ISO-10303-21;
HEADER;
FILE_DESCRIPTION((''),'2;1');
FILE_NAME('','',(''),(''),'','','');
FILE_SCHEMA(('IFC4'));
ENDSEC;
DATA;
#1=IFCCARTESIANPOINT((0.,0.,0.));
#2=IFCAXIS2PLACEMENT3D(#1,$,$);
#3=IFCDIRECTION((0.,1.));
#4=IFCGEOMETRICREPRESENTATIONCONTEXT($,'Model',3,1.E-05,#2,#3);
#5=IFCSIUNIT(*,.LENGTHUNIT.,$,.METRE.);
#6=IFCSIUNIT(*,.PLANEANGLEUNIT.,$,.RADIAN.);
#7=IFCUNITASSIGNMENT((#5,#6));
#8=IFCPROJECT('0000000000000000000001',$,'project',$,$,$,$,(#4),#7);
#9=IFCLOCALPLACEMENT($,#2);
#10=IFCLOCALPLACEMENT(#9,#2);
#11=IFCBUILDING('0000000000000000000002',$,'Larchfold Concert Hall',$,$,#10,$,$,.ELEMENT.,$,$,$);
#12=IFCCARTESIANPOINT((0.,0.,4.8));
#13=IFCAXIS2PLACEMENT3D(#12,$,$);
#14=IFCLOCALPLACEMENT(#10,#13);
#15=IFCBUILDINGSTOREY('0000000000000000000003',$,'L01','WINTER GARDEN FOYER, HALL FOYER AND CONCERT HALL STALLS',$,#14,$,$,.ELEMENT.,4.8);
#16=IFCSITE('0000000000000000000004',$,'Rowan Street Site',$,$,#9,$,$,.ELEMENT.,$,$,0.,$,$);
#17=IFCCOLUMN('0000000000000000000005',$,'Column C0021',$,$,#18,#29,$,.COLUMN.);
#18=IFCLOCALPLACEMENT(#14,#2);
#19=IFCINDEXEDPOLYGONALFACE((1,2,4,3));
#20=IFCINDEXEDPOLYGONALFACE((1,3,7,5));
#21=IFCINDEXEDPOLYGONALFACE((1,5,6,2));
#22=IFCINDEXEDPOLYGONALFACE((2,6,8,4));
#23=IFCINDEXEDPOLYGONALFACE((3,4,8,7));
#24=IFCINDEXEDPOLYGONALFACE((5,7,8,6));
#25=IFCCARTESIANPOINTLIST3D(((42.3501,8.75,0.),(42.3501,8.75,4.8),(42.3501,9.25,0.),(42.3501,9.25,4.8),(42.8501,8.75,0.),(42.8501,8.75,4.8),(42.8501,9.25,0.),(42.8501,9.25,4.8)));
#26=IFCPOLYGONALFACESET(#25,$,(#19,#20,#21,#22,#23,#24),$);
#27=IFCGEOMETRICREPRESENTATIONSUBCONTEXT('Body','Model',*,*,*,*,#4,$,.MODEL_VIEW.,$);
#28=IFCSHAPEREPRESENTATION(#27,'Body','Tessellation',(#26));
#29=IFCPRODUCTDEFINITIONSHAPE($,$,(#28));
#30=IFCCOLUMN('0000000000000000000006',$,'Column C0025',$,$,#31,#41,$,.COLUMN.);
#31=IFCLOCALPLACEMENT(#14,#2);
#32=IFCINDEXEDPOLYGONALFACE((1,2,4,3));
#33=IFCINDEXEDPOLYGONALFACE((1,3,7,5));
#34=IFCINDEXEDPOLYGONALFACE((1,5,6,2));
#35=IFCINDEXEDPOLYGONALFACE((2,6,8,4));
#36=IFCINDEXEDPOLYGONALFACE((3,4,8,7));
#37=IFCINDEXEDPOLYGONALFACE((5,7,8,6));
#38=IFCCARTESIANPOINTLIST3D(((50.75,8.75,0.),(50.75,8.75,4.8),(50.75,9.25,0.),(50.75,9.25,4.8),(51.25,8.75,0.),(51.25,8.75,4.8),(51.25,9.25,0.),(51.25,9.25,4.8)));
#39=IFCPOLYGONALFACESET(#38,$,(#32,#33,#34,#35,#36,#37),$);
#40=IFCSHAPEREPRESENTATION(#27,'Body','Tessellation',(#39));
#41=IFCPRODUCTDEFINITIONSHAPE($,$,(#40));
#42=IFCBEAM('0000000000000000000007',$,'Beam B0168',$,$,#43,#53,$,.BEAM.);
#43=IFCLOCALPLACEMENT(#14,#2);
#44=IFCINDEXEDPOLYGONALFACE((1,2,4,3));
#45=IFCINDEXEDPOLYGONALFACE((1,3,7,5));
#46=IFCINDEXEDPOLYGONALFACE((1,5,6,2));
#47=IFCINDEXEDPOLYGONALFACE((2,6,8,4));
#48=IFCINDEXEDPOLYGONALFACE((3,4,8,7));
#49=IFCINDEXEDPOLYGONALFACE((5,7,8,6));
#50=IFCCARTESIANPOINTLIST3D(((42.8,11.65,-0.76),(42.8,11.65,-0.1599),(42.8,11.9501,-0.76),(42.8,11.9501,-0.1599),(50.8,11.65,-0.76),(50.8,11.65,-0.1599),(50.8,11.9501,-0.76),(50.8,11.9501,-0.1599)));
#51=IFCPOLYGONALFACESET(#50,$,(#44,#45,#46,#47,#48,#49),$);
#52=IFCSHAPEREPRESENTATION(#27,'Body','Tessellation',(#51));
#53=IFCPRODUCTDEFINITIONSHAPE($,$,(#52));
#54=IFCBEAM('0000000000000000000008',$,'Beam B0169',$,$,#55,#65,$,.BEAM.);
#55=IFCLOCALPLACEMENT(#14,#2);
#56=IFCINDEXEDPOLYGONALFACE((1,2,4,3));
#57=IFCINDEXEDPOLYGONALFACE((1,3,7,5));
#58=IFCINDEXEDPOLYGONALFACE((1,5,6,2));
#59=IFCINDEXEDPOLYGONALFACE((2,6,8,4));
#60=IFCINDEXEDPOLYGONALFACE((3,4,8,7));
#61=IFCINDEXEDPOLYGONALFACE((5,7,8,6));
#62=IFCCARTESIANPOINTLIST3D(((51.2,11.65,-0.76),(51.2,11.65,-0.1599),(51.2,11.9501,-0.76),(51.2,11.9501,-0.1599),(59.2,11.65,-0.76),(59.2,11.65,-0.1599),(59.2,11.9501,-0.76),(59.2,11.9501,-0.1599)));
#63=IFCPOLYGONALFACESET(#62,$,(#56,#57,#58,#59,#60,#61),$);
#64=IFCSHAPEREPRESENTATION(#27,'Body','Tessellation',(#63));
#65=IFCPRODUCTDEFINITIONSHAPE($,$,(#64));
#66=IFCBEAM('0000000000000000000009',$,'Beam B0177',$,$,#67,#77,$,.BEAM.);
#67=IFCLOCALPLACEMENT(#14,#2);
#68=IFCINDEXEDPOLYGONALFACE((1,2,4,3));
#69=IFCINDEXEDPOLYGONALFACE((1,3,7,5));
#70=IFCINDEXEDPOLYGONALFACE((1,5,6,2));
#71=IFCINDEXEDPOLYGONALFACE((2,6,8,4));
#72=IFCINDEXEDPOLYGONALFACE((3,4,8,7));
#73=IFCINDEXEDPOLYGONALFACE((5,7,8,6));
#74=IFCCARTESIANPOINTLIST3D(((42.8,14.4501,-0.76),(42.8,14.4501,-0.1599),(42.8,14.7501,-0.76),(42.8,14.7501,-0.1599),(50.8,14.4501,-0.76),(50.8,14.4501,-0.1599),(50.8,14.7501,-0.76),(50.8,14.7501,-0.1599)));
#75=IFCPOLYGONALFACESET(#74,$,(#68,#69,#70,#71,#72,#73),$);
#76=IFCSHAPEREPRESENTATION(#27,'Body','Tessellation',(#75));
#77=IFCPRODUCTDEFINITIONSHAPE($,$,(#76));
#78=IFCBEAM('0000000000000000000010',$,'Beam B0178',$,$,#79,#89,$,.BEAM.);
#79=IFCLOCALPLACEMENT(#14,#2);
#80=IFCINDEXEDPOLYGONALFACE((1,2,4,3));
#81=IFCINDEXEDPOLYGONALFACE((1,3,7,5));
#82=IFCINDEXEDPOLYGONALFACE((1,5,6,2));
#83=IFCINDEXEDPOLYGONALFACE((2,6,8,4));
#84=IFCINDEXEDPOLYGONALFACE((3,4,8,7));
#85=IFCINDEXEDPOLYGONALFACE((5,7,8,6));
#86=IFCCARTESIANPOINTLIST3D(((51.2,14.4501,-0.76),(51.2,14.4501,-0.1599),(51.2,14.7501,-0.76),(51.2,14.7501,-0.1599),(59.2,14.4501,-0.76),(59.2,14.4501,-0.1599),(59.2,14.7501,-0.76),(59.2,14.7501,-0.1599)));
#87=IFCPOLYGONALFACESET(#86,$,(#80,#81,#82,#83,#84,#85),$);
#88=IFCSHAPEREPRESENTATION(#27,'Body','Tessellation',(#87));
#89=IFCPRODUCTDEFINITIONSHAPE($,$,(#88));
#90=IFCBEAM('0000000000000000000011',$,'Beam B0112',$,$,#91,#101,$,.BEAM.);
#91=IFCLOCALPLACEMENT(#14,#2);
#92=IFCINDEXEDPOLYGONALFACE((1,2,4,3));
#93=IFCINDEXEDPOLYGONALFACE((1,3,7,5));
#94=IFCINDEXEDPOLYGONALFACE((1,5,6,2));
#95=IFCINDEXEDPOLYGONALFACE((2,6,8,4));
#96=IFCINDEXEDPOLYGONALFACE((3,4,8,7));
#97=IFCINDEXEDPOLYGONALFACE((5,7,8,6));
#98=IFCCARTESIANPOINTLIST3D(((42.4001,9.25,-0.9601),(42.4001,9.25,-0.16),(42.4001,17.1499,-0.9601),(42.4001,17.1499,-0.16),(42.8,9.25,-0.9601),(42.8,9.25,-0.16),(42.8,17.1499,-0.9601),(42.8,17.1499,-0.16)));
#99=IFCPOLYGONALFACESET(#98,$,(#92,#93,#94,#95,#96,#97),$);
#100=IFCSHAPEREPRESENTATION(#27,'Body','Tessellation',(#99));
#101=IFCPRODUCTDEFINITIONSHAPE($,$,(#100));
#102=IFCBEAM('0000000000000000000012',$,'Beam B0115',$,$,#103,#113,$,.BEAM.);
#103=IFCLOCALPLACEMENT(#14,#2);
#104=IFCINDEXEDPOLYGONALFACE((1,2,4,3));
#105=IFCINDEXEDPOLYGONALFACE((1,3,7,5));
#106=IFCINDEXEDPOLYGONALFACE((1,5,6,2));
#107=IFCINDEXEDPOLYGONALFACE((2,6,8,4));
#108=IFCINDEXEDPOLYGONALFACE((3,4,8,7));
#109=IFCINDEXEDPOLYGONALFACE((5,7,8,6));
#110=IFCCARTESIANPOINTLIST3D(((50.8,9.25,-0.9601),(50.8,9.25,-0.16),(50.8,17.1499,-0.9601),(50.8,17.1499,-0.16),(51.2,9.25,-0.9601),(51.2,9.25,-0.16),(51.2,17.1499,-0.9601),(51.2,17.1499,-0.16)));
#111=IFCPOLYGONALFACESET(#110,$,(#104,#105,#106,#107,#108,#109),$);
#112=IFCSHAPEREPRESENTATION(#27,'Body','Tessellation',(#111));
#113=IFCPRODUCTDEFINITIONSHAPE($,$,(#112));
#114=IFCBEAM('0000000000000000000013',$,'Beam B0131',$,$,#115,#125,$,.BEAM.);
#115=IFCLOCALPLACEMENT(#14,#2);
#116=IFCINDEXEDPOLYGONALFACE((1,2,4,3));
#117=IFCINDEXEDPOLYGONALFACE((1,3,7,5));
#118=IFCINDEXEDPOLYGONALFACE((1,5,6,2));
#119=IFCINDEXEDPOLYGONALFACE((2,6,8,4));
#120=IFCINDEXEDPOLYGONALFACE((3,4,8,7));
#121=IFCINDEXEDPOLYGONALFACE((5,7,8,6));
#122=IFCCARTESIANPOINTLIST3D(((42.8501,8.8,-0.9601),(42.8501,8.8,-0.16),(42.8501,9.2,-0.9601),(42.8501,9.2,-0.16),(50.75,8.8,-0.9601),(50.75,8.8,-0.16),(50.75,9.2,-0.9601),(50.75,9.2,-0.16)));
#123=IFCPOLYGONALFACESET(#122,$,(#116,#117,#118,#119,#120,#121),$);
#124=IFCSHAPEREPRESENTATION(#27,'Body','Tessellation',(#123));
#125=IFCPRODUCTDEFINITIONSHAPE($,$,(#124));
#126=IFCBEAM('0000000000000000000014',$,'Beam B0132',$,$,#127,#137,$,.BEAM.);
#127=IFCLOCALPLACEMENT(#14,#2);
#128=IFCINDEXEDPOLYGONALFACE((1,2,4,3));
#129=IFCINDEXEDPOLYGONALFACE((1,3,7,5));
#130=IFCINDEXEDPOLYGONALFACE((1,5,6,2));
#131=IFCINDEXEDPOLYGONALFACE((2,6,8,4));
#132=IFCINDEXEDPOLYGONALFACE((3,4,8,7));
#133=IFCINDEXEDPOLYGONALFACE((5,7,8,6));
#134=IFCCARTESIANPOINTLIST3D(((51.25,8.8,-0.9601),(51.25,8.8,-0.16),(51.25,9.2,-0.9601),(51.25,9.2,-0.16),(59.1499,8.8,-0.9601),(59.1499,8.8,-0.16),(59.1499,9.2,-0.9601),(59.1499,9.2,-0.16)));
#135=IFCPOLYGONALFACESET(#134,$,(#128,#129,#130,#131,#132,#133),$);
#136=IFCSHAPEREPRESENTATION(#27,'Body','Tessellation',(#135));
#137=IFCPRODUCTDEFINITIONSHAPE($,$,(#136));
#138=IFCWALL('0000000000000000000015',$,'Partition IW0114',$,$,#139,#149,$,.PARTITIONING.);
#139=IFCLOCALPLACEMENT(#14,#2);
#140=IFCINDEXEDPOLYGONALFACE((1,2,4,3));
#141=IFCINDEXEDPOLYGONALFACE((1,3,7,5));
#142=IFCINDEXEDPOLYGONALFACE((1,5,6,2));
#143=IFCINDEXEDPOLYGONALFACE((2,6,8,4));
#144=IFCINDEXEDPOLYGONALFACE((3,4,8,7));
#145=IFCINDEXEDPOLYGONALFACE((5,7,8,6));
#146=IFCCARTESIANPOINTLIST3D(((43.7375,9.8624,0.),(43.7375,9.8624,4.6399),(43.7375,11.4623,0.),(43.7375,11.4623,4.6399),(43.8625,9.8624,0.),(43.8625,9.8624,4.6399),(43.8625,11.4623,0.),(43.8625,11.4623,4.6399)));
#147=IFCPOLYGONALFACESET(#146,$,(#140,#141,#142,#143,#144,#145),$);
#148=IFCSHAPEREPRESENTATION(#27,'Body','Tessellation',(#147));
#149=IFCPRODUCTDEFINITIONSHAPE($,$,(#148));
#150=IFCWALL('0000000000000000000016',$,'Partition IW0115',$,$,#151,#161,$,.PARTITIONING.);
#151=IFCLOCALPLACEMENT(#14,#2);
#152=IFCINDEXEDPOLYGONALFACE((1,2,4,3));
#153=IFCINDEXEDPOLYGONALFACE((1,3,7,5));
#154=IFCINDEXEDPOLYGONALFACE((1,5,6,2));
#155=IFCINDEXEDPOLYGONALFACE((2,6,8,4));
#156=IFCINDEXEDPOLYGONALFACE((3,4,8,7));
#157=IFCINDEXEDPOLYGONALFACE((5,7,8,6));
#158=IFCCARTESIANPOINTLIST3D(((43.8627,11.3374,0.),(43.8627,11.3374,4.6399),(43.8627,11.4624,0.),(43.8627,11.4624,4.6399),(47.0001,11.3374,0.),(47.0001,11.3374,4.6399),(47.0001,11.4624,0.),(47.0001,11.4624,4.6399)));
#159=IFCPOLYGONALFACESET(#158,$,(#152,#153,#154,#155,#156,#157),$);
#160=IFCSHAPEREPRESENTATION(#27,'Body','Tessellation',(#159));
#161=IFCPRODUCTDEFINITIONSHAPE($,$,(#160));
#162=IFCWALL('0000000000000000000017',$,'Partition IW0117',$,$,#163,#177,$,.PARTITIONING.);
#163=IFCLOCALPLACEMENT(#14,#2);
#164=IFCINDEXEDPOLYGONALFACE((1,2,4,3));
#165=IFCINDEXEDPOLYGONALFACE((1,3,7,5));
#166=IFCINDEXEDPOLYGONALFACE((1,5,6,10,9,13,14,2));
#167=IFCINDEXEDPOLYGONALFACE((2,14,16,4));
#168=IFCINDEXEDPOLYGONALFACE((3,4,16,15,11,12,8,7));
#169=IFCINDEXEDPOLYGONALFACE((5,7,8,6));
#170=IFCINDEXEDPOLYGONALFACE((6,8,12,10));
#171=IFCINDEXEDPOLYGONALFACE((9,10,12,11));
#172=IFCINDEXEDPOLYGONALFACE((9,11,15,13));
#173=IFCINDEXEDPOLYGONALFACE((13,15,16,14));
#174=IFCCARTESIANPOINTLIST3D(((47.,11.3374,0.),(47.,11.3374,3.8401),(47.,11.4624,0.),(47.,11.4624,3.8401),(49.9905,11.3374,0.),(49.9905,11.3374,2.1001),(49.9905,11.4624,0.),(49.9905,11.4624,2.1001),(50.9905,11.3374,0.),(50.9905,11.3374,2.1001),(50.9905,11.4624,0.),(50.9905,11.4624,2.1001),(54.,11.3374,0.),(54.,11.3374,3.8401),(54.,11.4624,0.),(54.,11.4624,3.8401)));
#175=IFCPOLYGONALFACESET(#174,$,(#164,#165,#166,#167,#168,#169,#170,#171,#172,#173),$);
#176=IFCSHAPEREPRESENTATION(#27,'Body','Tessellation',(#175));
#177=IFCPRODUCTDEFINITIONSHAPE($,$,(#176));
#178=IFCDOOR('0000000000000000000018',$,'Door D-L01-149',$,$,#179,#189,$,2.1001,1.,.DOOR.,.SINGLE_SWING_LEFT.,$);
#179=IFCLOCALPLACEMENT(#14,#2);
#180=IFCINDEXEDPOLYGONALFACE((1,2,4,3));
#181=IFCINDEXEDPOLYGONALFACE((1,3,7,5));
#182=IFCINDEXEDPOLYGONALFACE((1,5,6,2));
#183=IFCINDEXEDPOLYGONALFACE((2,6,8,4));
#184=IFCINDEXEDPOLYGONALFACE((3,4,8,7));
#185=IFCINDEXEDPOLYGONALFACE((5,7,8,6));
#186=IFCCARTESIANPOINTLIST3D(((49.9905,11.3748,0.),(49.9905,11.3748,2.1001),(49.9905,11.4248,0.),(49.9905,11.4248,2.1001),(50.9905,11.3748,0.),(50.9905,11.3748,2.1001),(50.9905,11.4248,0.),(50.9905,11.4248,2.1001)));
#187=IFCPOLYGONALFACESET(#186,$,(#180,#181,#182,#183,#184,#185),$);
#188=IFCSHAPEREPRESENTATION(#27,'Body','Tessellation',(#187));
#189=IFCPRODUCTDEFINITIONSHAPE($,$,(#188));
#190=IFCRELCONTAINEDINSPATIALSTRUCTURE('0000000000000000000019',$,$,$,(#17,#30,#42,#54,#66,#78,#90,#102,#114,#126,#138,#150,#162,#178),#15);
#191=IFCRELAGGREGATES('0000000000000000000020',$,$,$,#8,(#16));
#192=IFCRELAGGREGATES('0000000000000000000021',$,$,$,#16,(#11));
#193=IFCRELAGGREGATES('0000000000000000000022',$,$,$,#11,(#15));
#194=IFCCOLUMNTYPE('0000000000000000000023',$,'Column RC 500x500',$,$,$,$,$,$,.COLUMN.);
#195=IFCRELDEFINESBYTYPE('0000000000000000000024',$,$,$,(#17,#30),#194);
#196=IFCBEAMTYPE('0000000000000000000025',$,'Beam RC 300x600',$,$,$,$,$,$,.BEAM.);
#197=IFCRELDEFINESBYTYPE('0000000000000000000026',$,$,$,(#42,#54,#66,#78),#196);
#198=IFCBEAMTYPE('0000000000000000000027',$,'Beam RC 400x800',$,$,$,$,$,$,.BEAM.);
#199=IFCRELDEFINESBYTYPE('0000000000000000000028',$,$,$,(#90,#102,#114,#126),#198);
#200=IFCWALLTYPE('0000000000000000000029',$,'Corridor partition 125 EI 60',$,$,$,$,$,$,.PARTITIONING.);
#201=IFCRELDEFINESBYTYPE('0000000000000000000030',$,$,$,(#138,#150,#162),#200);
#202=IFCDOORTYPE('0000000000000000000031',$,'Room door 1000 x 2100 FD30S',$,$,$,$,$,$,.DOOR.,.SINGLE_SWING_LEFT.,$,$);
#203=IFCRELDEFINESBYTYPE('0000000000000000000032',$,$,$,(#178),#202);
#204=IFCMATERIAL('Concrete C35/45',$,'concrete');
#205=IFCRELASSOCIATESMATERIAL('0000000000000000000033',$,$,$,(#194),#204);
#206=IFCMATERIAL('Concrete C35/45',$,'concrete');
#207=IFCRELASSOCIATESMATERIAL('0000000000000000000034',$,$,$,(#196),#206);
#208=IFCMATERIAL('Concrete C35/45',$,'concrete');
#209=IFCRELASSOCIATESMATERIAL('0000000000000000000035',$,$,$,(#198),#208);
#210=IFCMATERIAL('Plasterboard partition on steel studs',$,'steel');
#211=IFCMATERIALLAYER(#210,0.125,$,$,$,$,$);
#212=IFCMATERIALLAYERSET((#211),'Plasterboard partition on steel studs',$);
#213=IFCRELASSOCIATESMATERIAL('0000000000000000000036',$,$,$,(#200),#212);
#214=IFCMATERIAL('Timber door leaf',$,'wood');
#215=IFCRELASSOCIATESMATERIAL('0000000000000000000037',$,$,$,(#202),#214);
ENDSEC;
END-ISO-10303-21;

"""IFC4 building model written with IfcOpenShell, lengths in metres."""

from ifc_helpers import new_model, si_unit, direction, frame, frame_2d, origin, origin_2d, place, context, subcontext, project, spatial, rectangle, extrude, material, layer, layer_set, material_profile, profile_set, type_object, element, fill, save


model = new_model("IFC4")

# Units and contexts
model_context = context("Model", 3, precision=1e-05, world=origin(), true_north=direction((0.0, 1.0)))
body_context = subcontext(model_context, "Body", "Model", "MODEL_VIEW")
ifc_project = project(units=[si_unit("LENGTHUNIT", "METRE"), si_unit("PLANEANGLEUNIT", "RADIAN")], contexts=[model_context])

# Site, building, storey
site_placement = place(None, origin())
site = spatial("IfcSite", under=ifc_project, at=site_placement, Name="Rowan Street Site", CompositionType="ELEMENT", RefElevation=0.0)
building_placement = place(site_placement, origin())
building = spatial("IfcBuilding", under=site, at=building_placement, Name="Larchfold Concert Hall", CompositionType="ELEMENT")
storey_placement = place(building_placement, frame((0.0, 0.0, 4.8)))
storey = spatial("IfcBuildingStorey", under=building, at=storey_placement, Name="L01", Description="WINTER GARDEN FOYER, HALL FOYER AND CONCERT HALL STALLS", CompositionType="ELEMENT", Elevation=4.8)

# Columns
ifc_material_1 = material(Name="Concrete C35/45", Category="concrete")
ifc_material_profile_1 = material_profile(ifc_material_1, rectangle(XDim=0.5, YDim=0.5, at=origin_2d()))
ifc_profile_set_1 = profile_set([ifc_material_profile_1], Name="Concrete C35/45")
column_type = type_object("IfcColumnType", Name="Column RC 500x500", PredefinedType="COLUMN", material=ifc_profile_set_1)
for number, where, z_axis, x_axis, name in (
    (1, (42.6001, 9.0, 0.0), (0.0, 0.0, 1.0), (1.0, 0.0, 0.0), "Column C0021"),
    (2, (51.0, 9.0, 0.0), (0.0, 0.0, 1.0), (1.0, 0.0, 0.0), "Column C0025"),
):
    element("IfcColumn", number, at=place(storey_placement, frame(where, z_axis=z_axis, x_axis=x_axis)), inside=storey, type_object=column_type, Name=name, PredefinedType="COLUMN", context=body_context, shape_type="SweptSolid", body=[
        extrude(rectangle(XDim=0.5, YDim=0.5, at=origin_2d()), origin(), (0.0, 0.0, 1.0), 4.8),
    ])

# Beams
ifc_material_2 = material(Name="Concrete C35/45", Category="concrete")
ifc_material_profile_2 = material_profile(ifc_material_2, rectangle(XDim=0.3, YDim=0.6001, at=origin_2d()))
ifc_profile_set_2 = profile_set([ifc_material_profile_2], Name="Concrete C35/45")
beam_type_1 = type_object("IfcBeamType", Name="Beam RC 300x600", PredefinedType="BEAM", material=ifc_profile_set_2)
for number, where, z_axis, x_axis, name in (
    (3, (42.8, 11.8, -0.46), (1.0, 0.0, 0.0), (0.0, 1.0, 0.0), "Beam B0168"),
    (4, (51.2, 11.8, -0.46), (1.0, 0.0, 0.0), (0.0, 1.0, 0.0), "Beam B0169"),
    (5, (42.8, 14.6001, -0.46), (1.0, 0.0, 0.0), (0.0, 1.0, 0.0), "Beam B0177"),
    (6, (51.2, 14.6001, -0.46), (1.0, 0.0, 0.0), (0.0, 1.0, 0.0), "Beam B0178"),
):
    element("IfcBeam", number, at=place(storey_placement, frame(where, z_axis=z_axis, x_axis=x_axis)), inside=storey, type_object=beam_type_1, Name=name, PredefinedType="BEAM", context=body_context, shape_type="SweptSolid", body=[
        extrude(rectangle(XDim=0.3, YDim=0.6001, at=origin_2d()), origin(), (0.0, 0.0, 1.0), 8.0),
    ])
ifc_material_3 = material(Name="Concrete C35/45", Category="concrete")
ifc_material_profile_3 = material_profile(ifc_material_3, rectangle(XDim=0.3999, YDim=0.8, at=origin_2d()))
ifc_profile_set_3 = profile_set([ifc_material_profile_3], Name="Concrete C35/45")
beam_type_2 = type_object("IfcBeamType", Name="Beam RC 400x800", PredefinedType="BEAM", material=ifc_profile_set_3)
for number, where, z_axis, x_axis, name in (
    (7, (42.6001, 9.25, -0.5601), (0.0, 1.0, 0.0), (-1.0, 0.0, 0.0), "Beam B0112"),
    (8, (51.0, 9.25, -0.5601), (0.0, 1.0, 0.0), (-1.0, 0.0, 0.0), "Beam B0115"),
    (9, (42.8501, 9.0, -0.5601), (1.0, 0.0, 0.0), (0.0, 1.0, 0.0), "Beam B0131"),
    (10, (51.25, 9.0, -0.5601), (1.0, 0.0, 0.0), (0.0, 1.0, 0.0), "Beam B0132"),
):
    element("IfcBeam", number, at=place(storey_placement, frame(where, z_axis=z_axis, x_axis=x_axis)), inside=storey, type_object=beam_type_2, Name=name, PredefinedType="BEAM", context=body_context, shape_type="SweptSolid", body=[
        extrude(rectangle(XDim=0.3999, YDim=0.8, at=origin_2d()), origin(), (0.0, 0.0, 1.0), 7.8999),
    ])

# Walls
ifc_material_4 = material(Name="Plasterboard partition on steel studs", Category="steel")
ifc_layer_1 = layer(ifc_material_4, 0.125)
ifc_layer_set_1 = layer_set([ifc_layer_1], Name="Plasterboard partition on steel studs")
wall_type_1 = type_object("IfcWallType", Name="Corridor partition 125 EI 60", PredefinedType="PARTITIONING", material=ifc_layer_set_1)
wall_1_placement = place(storey_placement, frame((43.8, 9.8625, 0.0), z_axis=(0.0, 0.0, 1.0), x_axis=(0.0, 1.0, 0.0)))
element("IfcWall", 11, at=wall_1_placement, inside=storey, type_object=wall_type_1, Name="Partition IW0114", PredefinedType="PARTITIONING", context=body_context, shape_type="SweptSolid", body=[
    extrude(rectangle(XDim=1.5999, YDim=0.125, at=frame_2d((0.7998, 0.0))), origin(), (0.0, 0.0, 1.0), 4.6399),
])
wall_2_placement = place(storey_placement, frame((43.8625, 11.3999, 0.0), z_axis=(0.0, 0.0, 1.0), x_axis=(1.0, 0.0, 0.0)))
element("IfcWall", 12, at=wall_2_placement, inside=storey, type_object=wall_type_1, Name="Partition IW0115", PredefinedType="PARTITIONING", context=body_context, shape_type="SweptSolid", body=[
    extrude(rectangle(XDim=3.1375, YDim=0.125, at=frame_2d((1.5688, 0.0))), origin(), (0.0, 0.0, 1.0), 4.6399),
])

# Wall, opening, door
wall_3_placement = place(storey_placement, frame((47.0, 11.3999, 0.0), z_axis=(0.0, 0.0, 1.0), x_axis=(1.0, 0.0, 0.0)))
wall_3 = element("IfcWall", 13, at=wall_3_placement, inside=storey, type_object=wall_type_1, Name="Partition IW0117", PredefinedType="PARTITIONING", context=body_context, shape_type="SweptSolid", body=[
    extrude(rectangle(XDim=7.0, YDim=0.125, at=frame_2d((3.5, 0.0))), origin(), (0.0, 0.0, 1.0), 3.8401),
])
opening_1_placement = place(wall_3_placement, frame((2.9905, 0.0, 0.0)))
opening_1 = element("IfcOpeningElement", 14, at=opening_1_placement, cuts=wall_3, PredefinedType="OPENING", context=body_context, shape_type="SweptSolid", body=[
    extrude(rectangle(XDim=1.0, YDim=2.1001, at=frame_2d((0.5, 1.05))), frame((0.0, 0.0725, 0.0), z_axis=(0.0, -1.0, 0.0), x_axis=(1.0, 0.0, 0.0)), (0.0, 0.0, 1.0), 0.145),
])
ifc_material_5 = material(Name="Timber door leaf", Category="wood")
door_type_1 = type_object("IfcDoorType", Name="Room door 1000 x 2100 FD30S", OperationType="SINGLE_SWING_LEFT", PredefinedType="DOOR", material=ifc_material_5)
door_1_placement = place(opening_1_placement, origin())
door_1 = element("IfcDoor", 15, at=door_1_placement, inside=storey, type_object=door_type_1, Name="Door D-L01-149", OperationType="SINGLE_SWING_LEFT", OverallHeight=2.1001, OverallWidth=1.0, PredefinedType="DOOR", context=body_context, shape_type="SweptSolid", body=[
    extrude(rectangle(XDim=1.0, YDim=2.1001, at=frame_2d((0.5, 1.05))), frame((0.0, 0.0249, 0.0), z_axis=(0.0, -1.0, 0.0), x_axis=(1.0, 0.0, 0.0)), (0.0, 0.0, 1.0), 0.05),
])
fill(opening_1, door_1)

save(model, "model.ifc")
